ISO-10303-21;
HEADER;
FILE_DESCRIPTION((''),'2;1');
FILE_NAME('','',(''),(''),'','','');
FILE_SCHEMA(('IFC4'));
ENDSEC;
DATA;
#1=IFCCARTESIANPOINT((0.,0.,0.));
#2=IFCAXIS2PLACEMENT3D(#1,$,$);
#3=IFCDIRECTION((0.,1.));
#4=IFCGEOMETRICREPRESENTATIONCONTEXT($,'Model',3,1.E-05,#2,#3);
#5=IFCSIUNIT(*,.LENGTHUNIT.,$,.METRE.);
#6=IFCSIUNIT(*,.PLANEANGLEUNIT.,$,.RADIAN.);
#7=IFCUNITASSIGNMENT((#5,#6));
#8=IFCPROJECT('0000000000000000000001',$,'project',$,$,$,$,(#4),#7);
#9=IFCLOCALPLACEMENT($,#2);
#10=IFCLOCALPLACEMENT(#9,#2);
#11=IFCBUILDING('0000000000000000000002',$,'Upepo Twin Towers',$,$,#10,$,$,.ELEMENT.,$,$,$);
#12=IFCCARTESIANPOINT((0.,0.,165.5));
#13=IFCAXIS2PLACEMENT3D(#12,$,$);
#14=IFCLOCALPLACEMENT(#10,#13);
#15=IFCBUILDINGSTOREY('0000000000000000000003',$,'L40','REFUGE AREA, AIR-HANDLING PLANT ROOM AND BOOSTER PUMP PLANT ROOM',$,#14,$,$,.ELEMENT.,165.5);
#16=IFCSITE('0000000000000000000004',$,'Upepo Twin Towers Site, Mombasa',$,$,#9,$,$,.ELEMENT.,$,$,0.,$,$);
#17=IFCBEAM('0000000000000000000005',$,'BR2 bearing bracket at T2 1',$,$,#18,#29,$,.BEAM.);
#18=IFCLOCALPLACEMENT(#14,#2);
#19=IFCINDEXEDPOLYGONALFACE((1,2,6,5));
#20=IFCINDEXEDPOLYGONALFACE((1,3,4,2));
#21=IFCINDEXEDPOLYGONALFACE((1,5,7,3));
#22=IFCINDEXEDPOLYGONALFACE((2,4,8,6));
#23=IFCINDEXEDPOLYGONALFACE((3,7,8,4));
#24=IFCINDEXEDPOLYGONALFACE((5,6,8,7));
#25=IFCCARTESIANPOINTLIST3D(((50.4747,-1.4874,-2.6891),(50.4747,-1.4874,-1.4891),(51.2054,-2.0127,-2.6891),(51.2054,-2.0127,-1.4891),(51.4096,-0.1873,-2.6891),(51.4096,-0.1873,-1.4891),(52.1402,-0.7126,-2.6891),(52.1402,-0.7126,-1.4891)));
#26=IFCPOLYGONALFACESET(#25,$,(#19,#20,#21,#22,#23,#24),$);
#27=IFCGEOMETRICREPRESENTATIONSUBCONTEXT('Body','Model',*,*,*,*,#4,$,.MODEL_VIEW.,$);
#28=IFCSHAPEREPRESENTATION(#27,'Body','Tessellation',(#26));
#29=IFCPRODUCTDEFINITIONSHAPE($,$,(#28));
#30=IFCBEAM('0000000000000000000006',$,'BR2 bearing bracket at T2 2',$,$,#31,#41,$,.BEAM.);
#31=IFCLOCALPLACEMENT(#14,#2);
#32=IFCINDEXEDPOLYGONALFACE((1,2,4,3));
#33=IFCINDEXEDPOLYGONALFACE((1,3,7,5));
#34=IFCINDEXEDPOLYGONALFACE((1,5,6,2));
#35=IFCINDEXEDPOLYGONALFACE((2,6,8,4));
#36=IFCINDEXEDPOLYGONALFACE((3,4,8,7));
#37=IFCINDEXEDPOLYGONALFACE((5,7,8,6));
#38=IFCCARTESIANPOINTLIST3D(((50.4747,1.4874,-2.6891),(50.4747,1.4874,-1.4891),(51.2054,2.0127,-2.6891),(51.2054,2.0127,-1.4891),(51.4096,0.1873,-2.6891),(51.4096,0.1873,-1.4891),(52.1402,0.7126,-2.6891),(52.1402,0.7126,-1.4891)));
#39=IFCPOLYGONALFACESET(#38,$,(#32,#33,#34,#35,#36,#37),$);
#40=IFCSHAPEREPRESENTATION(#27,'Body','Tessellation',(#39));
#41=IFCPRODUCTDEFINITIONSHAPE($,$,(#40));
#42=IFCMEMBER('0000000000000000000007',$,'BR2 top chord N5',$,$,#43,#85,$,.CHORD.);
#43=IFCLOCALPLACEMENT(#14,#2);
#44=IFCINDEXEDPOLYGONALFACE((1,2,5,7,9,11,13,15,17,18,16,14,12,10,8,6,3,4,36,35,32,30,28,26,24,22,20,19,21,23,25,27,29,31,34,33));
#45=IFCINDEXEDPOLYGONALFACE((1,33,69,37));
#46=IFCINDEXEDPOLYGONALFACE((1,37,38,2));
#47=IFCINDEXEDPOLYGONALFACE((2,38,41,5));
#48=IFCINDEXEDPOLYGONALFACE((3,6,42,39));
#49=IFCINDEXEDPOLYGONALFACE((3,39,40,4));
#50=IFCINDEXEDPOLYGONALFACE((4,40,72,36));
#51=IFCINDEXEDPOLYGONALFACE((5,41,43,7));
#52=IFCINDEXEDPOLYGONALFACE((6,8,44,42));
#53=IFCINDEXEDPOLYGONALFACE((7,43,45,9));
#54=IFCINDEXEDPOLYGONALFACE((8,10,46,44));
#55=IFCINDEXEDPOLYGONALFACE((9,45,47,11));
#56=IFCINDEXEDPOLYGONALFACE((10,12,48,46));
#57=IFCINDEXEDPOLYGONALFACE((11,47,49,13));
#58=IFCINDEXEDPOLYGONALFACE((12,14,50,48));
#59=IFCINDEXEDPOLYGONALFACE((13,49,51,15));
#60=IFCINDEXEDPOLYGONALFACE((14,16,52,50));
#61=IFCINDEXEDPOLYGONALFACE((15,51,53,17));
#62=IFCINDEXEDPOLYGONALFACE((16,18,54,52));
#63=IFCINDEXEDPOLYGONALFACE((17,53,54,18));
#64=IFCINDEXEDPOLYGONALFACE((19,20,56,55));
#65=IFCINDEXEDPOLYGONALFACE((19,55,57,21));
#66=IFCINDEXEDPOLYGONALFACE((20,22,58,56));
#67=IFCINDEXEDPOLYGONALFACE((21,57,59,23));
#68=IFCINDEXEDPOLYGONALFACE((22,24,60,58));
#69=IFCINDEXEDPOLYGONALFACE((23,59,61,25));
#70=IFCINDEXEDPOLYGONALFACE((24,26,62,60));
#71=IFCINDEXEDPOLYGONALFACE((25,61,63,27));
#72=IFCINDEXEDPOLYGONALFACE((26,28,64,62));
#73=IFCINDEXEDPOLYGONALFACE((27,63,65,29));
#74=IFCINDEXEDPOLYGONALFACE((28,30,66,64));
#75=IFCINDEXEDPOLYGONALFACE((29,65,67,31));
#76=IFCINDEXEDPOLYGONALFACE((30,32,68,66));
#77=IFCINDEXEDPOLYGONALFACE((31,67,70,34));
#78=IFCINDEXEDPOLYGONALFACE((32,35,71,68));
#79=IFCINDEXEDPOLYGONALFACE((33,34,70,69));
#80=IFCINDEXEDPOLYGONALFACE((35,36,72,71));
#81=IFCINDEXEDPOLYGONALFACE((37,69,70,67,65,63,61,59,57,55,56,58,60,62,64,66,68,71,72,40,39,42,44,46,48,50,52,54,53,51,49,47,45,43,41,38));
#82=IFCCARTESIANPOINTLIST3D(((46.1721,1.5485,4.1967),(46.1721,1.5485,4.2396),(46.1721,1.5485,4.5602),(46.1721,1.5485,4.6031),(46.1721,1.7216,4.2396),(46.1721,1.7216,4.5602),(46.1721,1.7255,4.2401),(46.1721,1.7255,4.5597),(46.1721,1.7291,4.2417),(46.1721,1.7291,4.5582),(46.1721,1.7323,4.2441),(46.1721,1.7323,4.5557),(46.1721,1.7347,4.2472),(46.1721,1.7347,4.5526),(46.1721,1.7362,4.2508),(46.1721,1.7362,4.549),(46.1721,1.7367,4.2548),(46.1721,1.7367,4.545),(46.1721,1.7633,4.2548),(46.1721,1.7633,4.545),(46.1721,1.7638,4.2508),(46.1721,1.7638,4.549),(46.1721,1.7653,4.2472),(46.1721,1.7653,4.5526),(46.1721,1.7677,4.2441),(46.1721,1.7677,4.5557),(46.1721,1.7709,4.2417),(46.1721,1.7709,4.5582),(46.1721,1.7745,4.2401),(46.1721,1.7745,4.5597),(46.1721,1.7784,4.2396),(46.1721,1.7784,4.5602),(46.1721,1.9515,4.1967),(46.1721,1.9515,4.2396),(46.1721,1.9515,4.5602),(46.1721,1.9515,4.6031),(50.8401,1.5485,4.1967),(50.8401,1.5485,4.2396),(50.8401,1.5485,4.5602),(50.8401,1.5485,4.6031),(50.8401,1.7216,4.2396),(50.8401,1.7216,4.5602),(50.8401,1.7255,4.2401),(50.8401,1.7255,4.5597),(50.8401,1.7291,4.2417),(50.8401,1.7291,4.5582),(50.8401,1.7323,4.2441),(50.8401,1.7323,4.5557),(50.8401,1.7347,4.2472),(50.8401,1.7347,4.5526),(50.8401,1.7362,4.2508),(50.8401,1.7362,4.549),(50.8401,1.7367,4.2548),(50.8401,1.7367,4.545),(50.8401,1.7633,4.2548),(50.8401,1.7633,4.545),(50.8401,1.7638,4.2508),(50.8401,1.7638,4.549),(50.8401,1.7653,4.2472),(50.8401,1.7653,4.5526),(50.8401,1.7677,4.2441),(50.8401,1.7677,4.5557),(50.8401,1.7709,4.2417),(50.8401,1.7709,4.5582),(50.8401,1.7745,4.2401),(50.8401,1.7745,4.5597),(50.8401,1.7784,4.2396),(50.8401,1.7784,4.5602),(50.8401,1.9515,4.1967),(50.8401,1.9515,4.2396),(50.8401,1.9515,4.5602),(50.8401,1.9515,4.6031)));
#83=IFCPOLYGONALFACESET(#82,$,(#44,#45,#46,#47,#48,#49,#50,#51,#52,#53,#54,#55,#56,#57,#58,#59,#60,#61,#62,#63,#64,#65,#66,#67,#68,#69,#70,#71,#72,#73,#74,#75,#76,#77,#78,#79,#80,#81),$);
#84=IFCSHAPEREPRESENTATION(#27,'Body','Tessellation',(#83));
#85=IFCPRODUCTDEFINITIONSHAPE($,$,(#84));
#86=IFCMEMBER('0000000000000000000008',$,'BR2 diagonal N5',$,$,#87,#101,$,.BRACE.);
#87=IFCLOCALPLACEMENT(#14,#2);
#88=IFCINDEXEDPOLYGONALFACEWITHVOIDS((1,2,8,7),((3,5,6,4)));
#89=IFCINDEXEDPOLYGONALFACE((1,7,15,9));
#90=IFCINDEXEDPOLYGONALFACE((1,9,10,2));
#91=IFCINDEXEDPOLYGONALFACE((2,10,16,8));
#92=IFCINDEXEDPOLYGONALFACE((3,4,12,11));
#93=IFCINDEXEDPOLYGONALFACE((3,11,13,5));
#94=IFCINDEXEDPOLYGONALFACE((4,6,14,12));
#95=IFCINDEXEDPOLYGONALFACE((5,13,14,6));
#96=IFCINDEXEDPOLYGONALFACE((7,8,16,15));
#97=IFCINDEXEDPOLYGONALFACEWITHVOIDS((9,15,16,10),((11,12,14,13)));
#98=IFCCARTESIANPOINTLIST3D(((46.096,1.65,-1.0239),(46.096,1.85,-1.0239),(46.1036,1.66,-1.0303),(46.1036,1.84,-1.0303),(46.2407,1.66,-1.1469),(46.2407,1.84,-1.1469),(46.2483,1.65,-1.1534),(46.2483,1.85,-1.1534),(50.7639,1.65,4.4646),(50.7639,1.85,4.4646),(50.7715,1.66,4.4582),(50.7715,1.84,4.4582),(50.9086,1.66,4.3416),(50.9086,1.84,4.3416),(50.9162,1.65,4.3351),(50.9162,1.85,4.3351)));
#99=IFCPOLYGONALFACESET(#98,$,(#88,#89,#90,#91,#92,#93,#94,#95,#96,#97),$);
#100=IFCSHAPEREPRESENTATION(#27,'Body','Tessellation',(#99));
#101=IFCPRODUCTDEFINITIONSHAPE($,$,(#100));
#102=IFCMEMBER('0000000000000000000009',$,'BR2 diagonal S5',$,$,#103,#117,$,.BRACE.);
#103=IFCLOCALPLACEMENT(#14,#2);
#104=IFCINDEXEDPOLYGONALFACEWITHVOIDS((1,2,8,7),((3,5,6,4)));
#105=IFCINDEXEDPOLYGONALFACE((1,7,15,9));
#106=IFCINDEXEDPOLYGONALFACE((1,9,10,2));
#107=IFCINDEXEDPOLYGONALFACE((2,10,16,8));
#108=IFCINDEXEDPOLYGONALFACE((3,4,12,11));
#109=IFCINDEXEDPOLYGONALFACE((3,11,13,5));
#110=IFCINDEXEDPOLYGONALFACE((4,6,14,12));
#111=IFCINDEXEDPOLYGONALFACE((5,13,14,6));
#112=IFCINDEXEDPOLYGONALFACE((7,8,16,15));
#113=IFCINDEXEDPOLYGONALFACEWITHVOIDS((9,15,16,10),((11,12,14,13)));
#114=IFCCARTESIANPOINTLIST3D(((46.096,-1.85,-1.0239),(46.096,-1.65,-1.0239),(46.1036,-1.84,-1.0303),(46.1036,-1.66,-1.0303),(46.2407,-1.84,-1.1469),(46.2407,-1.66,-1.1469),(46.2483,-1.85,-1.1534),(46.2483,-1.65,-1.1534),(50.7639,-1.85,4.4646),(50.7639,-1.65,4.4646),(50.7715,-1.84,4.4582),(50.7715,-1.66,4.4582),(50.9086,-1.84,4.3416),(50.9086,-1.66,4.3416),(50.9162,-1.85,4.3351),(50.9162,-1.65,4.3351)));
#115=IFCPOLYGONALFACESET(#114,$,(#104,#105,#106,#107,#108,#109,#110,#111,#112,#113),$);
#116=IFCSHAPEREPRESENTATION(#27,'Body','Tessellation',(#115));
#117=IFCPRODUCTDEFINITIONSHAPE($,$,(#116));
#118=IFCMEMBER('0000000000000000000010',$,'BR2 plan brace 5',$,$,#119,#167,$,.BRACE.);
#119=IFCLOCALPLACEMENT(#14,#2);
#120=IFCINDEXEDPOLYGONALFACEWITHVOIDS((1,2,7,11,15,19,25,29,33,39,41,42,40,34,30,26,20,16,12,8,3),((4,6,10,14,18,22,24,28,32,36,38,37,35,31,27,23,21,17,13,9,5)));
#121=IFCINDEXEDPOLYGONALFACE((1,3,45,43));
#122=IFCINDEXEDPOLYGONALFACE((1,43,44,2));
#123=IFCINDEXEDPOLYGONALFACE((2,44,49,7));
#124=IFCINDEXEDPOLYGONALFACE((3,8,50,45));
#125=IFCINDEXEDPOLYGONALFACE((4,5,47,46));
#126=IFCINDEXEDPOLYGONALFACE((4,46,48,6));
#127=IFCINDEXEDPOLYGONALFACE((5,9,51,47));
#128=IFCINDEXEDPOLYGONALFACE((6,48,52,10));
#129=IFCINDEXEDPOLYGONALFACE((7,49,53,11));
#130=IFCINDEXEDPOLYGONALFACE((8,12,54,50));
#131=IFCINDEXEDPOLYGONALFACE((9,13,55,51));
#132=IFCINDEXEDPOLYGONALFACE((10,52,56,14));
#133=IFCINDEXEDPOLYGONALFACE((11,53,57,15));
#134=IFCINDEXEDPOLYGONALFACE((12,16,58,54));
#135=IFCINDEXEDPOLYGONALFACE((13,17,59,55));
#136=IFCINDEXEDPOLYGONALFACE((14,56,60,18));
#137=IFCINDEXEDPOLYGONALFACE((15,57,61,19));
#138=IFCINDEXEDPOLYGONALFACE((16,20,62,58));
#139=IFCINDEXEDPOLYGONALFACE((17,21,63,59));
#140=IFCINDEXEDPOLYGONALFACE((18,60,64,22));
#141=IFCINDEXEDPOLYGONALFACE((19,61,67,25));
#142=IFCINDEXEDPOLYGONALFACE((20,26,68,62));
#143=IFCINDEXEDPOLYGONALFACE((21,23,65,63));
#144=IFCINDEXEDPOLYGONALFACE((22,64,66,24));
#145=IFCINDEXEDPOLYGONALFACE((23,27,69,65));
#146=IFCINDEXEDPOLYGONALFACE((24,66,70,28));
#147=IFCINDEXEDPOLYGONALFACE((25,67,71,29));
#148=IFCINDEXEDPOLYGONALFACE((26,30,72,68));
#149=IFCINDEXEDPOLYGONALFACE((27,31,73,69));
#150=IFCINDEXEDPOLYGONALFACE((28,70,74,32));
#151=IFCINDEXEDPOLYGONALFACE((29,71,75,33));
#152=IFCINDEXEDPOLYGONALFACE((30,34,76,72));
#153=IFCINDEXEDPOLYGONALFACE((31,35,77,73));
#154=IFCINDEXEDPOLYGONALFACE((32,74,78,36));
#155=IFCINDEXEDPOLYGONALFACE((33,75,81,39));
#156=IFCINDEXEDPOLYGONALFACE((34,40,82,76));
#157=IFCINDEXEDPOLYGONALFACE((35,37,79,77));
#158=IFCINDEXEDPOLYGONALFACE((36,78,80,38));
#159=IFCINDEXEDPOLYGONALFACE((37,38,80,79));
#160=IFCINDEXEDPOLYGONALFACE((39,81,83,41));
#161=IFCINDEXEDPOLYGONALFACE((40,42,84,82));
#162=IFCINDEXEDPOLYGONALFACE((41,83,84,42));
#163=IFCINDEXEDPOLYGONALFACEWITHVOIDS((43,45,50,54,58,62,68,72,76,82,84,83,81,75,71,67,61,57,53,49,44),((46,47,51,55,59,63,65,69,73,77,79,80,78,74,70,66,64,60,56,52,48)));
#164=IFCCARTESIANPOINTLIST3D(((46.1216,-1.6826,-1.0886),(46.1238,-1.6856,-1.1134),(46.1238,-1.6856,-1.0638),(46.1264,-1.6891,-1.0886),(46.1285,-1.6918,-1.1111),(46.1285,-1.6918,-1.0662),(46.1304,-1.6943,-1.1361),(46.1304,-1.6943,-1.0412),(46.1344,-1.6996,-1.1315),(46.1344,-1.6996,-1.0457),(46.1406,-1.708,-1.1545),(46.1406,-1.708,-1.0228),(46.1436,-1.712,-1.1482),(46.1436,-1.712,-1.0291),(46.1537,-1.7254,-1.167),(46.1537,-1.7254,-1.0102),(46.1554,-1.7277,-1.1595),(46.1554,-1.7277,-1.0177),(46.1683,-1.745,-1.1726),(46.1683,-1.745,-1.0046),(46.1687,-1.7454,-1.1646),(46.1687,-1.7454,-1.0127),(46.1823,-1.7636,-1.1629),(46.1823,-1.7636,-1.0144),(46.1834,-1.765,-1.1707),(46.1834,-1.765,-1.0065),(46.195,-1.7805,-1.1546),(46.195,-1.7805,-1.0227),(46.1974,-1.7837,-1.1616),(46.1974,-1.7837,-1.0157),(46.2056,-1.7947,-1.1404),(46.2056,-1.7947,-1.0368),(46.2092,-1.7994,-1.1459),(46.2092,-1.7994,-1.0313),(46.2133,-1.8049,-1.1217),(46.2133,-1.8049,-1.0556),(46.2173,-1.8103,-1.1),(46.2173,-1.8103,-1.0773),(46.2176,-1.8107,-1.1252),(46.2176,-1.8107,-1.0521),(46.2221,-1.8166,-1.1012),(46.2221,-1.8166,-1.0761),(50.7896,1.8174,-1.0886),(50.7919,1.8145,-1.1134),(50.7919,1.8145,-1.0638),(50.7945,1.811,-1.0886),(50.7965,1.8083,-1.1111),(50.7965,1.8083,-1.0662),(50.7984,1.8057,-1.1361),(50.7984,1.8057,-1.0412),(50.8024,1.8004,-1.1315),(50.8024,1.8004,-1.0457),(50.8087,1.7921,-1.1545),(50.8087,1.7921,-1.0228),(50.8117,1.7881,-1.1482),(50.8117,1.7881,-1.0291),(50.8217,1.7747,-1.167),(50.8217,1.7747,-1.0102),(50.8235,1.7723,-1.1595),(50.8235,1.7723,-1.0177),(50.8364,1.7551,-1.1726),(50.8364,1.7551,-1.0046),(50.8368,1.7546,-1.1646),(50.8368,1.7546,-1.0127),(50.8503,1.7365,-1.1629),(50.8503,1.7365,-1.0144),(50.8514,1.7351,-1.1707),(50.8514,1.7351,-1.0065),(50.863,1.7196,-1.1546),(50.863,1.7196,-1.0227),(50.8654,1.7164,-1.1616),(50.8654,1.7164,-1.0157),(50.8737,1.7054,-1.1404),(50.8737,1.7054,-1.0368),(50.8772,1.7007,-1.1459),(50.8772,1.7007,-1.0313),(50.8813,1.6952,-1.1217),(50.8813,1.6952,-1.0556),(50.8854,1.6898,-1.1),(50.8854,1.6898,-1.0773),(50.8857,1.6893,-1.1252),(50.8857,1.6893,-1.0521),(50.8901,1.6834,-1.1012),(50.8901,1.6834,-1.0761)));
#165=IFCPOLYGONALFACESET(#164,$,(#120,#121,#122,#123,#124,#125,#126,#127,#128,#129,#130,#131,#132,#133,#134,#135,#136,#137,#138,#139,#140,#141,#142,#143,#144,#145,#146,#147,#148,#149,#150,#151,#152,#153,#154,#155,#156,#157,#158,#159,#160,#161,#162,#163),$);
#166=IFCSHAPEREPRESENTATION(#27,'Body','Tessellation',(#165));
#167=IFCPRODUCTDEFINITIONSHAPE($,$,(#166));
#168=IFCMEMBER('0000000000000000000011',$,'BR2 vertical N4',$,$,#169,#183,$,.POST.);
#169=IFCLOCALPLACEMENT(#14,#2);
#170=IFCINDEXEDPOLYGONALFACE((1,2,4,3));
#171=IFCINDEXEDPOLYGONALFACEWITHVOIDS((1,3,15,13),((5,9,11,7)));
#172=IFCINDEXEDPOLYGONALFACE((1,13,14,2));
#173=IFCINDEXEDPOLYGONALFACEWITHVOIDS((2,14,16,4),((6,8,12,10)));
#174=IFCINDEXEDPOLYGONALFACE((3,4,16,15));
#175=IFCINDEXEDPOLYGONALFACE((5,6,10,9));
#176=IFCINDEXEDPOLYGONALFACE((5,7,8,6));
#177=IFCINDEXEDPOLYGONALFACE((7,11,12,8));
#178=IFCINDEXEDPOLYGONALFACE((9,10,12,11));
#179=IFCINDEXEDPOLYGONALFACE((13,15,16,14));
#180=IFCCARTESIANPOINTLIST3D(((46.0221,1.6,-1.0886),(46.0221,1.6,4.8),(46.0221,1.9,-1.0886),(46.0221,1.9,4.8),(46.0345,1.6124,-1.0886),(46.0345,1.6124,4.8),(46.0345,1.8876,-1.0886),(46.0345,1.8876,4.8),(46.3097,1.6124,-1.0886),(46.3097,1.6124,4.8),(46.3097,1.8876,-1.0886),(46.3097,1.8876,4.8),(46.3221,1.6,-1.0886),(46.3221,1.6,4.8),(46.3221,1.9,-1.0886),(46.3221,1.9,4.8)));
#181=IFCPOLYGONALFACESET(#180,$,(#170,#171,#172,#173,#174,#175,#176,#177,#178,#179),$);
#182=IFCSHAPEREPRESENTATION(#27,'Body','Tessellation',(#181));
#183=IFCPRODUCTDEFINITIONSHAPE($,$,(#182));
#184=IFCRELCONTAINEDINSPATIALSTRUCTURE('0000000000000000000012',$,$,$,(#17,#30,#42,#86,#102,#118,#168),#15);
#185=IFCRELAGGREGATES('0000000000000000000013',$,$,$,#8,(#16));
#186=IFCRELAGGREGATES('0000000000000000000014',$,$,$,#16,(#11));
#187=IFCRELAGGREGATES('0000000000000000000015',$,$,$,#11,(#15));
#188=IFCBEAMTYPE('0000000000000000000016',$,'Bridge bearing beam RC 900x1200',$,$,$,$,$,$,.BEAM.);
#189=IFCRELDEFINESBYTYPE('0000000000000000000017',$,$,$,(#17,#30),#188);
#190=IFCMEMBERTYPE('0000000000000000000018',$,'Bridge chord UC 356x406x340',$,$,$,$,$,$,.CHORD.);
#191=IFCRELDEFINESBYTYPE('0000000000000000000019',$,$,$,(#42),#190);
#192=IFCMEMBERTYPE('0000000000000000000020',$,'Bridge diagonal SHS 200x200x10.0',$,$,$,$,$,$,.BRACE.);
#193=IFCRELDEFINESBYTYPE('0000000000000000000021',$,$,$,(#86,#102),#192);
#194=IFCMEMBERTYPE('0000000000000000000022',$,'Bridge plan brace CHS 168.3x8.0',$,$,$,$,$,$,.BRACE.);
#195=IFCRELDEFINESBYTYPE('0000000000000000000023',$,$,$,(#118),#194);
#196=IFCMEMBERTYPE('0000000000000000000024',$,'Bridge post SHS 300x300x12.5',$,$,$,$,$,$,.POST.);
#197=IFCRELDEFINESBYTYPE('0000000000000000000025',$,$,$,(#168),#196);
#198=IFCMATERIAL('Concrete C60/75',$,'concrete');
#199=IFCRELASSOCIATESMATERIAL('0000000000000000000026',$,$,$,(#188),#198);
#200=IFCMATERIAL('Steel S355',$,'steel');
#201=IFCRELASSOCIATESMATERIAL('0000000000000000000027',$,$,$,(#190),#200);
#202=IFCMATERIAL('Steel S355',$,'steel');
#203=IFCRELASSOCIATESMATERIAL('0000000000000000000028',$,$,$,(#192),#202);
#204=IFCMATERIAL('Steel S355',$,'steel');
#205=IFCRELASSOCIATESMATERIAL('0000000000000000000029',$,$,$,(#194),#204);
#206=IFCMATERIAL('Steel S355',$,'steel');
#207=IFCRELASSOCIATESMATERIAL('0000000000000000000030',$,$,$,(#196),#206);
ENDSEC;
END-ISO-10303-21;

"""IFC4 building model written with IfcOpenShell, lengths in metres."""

from ifc_helpers import new_model, si_unit, direction, frame, origin, origin_2d, place, context, subcontext, project, spatial, rectangle, hollow_rectangle, hollow_circle, i_section, extrude, material, material_profile, profile_set, type_object, element, save


model = new_model("IFC4")

# Units and contexts
model_context = context("Model", 3, precision=1e-05, world=origin(), true_north=direction((0.0, 1.0)))
body_context = subcontext(model_context, "Body", "Model", "MODEL_VIEW")
ifc_project = project(units=[si_unit("LENGTHUNIT", "METRE"), si_unit("PLANEANGLEUNIT", "RADIAN")], contexts=[model_context])

# Site, building, storey
site_placement = place(None, origin())
site = spatial("IfcSite", under=ifc_project, at=site_placement, Name="Upepo Twin Towers Site, Mombasa", CompositionType="ELEMENT", RefElevation=0.0)
building_placement = place(site_placement, origin())
building = spatial("IfcBuilding", under=site, at=building_placement, Name="Upepo Twin Towers", CompositionType="ELEMENT")
storey_placement = place(building_placement, frame((0.0, 0.0, 165.5)))
storey = spatial("IfcBuildingStorey", under=building, at=storey_placement, Name="L40", Description="REFUGE AREA, AIR-HANDLING PLANT ROOM AND BOOSTER PUMP PLANT ROOM", CompositionType="ELEMENT", Elevation=165.5)

# Beams
ifc_material_1 = material(Name="Concrete C60/75", Category="concrete")
ifc_material_profile_1 = material_profile(ifc_material_1, rectangle(XDim=0.8999, YDim=1.2, at=origin_2d()), Name="RC 900x1200")
ifc_profile_set_1 = profile_set([ifc_material_profile_1], Name="Concrete C60/75")
beam_type_1 = type_object("IfcBeamType", Name="Bridge bearing beam RC 900x1200", PredefinedType="BEAM", material=ifc_profile_set_1)
for number, where, z_axis, x_axis, name in (
    (1, (51.7749, -0.45, -2.0891), (-0.583803, -0.811896, 0.0), (0.811896, -0.583803, 0.0), "BR2 bearing bracket at T2 1"),
    (2, (51.7749, 0.45, -2.0891), (-0.583803, 0.811896, 0.0), (-0.811896, -0.583803, 0.0), "BR2 bearing bracket at T2 2"),
):
    element("IfcBeam", number, at=place(storey_placement, frame(where, z_axis=z_axis, x_axis=x_axis)), inside=storey, type_object=beam_type_1, Name=name, PredefinedType="BEAM", context=body_context, shape_type="SweptSolid", body=[
        extrude(rectangle(XDim=0.8999, YDim=1.2, at=origin_2d()), origin(), (0.0, 0.0, 1.0), 1.6013),
    ])

# Members
ifc_material_2 = material(Name="Steel S355", Category="steel")
ifc_material_profile_2 = material_profile(ifc_material_2, i_section(OverallWidth=0.4031, OverallDepth=0.4065, WebThickness=0.0266, FlangeThickness=0.043, FilletRadius=0.0151, at=origin_2d()), Name="UC 356x406x340")
ifc_profile_set_2 = profile_set([ifc_material_profile_2], Name="Steel S355")
member_type_1 = type_object("IfcMemberType", Name="Bridge chord UC 356x406x340", PredefinedType="CHORD", material=ifc_profile_set_2)
member_1_placement = place(storey_placement, frame((46.1721, 1.75, 4.3999), z_axis=(1.0, 0.0, 0.0), x_axis=(0.0, 1.0, 0.0)))
element("IfcMember", 3, at=member_1_placement, inside=storey, type_object=member_type_1, Name="BR2 top chord N5", PredefinedType="CHORD", context=body_context, shape_type="SweptSolid", body=[
    extrude(i_section(OverallWidth=0.4031, OverallDepth=0.4065, WebThickness=0.0266, FlangeThickness=0.043, FilletRadius=0.0151, at=origin_2d()), origin(), (0.0, 0.0, 1.0), 4.668),
])
ifc_material_3 = material(Name="Steel S355", Category="steel")
ifc_material_profile_3 = material_profile(ifc_material_3, hollow_rectangle(XDim=0.2, YDim=0.2, WallThickness=0.01, at=origin_2d()), Name="SHS 200x200x10.0")
ifc_profile_set_3 = profile_set([ifc_material_profile_3], Name="Steel S355")
member_type_2 = type_object("IfcMemberType", Name="Bridge diagonal SHS 200x200x10.0", PredefinedType="BRACE", material=ifc_profile_set_3)
for number, where, z_axis, x_axis, name in (
    (4, (46.1721, 1.75, -1.0886), (0.647868, 0.0, 0.761753), (0.0, 1.0, 0.0), "BR2 diagonal N5"),
    (5, (46.1721, -1.75, -1.0886), (0.647868, 0.0, 0.761753), (0.0, 1.0, 0.0), "BR2 diagonal S5"),
):
    element("IfcMember", number, at=place(storey_placement, frame(where, z_axis=z_axis, x_axis=x_axis)), inside=storey, type_object=member_type_2, Name=name, PredefinedType="BRACE", context=body_context, shape_type="SweptSolid", body=[
        extrude(hollow_rectangle(XDim=0.2, YDim=0.2, WallThickness=0.01, at=origin_2d()), origin(), (0.0, 0.0, 1.0), 7.2051),
    ])
ifc_material_4 = material(Name="Steel S355", Category="steel")
ifc_material_profile_4 = material_profile(ifc_material_4, hollow_circle(Radius=0.0842, WallThickness=0.0081, at=origin_2d()), Name="CHS 168.3x8.0")
ifc_profile_set_4 = profile_set([ifc_material_profile_4], Name="Steel S355")
member_type_3 = type_object("IfcMemberType", Name="Bridge plan brace CHS 168.3x8.0", PredefinedType="BRACE", material=ifc_profile_set_4)
member_2_placement = place(storey_placement, frame((46.1721, -1.75, -1.0886), z_axis=(0.80008, 0.599893, 0.0), x_axis=(-0.599893, 0.80008, 0.0)))
element("IfcMember", 6, at=member_2_placement, inside=storey, type_object=member_type_3, Name="BR2 plan brace 5", PredefinedType="BRACE", context=body_context, shape_type="SweptSolid", body=[
    extrude(hollow_circle(Radius=0.0842, WallThickness=0.0081, at=origin_2d()), origin(), (0.0, 0.0, 1.0), 5.8345),
])
ifc_material_5 = material(Name="Steel S355", Category="steel")
ifc_material_profile_5 = material_profile(ifc_material_5, hollow_rectangle(XDim=0.3, YDim=0.3, WallThickness=0.0125, at=origin_2d()), Name="SHS 300x300x12.5")
ifc_profile_set_5 = profile_set([ifc_material_profile_5], Name="Steel S355")
member_type_4 = type_object("IfcMemberType", Name="Bridge post SHS 300x300x12.5", PredefinedType="POST", material=ifc_profile_set_5)
for number, where, z_axis, x_axis, name in (
    (7, (46.1721, 1.75, -1.0886), (0.0, 0.0, 1.0), (1.0, 0.0, 0.0), "BR2 vertical N4"),
):
    element("IfcMember", number, at=place(storey_placement, frame(where, z_axis=z_axis, x_axis=x_axis)), inside=storey, type_object=member_type_4, Name=name, PredefinedType="POST", context=body_context, shape_type="SweptSolid", body=[
        extrude(hollow_rectangle(XDim=0.3, YDim=0.3, WallThickness=0.0125, at=origin_2d()), origin(), (0.0, 0.0, 1.0), 5.8887),
    ])

save(model, "model.ifc")
